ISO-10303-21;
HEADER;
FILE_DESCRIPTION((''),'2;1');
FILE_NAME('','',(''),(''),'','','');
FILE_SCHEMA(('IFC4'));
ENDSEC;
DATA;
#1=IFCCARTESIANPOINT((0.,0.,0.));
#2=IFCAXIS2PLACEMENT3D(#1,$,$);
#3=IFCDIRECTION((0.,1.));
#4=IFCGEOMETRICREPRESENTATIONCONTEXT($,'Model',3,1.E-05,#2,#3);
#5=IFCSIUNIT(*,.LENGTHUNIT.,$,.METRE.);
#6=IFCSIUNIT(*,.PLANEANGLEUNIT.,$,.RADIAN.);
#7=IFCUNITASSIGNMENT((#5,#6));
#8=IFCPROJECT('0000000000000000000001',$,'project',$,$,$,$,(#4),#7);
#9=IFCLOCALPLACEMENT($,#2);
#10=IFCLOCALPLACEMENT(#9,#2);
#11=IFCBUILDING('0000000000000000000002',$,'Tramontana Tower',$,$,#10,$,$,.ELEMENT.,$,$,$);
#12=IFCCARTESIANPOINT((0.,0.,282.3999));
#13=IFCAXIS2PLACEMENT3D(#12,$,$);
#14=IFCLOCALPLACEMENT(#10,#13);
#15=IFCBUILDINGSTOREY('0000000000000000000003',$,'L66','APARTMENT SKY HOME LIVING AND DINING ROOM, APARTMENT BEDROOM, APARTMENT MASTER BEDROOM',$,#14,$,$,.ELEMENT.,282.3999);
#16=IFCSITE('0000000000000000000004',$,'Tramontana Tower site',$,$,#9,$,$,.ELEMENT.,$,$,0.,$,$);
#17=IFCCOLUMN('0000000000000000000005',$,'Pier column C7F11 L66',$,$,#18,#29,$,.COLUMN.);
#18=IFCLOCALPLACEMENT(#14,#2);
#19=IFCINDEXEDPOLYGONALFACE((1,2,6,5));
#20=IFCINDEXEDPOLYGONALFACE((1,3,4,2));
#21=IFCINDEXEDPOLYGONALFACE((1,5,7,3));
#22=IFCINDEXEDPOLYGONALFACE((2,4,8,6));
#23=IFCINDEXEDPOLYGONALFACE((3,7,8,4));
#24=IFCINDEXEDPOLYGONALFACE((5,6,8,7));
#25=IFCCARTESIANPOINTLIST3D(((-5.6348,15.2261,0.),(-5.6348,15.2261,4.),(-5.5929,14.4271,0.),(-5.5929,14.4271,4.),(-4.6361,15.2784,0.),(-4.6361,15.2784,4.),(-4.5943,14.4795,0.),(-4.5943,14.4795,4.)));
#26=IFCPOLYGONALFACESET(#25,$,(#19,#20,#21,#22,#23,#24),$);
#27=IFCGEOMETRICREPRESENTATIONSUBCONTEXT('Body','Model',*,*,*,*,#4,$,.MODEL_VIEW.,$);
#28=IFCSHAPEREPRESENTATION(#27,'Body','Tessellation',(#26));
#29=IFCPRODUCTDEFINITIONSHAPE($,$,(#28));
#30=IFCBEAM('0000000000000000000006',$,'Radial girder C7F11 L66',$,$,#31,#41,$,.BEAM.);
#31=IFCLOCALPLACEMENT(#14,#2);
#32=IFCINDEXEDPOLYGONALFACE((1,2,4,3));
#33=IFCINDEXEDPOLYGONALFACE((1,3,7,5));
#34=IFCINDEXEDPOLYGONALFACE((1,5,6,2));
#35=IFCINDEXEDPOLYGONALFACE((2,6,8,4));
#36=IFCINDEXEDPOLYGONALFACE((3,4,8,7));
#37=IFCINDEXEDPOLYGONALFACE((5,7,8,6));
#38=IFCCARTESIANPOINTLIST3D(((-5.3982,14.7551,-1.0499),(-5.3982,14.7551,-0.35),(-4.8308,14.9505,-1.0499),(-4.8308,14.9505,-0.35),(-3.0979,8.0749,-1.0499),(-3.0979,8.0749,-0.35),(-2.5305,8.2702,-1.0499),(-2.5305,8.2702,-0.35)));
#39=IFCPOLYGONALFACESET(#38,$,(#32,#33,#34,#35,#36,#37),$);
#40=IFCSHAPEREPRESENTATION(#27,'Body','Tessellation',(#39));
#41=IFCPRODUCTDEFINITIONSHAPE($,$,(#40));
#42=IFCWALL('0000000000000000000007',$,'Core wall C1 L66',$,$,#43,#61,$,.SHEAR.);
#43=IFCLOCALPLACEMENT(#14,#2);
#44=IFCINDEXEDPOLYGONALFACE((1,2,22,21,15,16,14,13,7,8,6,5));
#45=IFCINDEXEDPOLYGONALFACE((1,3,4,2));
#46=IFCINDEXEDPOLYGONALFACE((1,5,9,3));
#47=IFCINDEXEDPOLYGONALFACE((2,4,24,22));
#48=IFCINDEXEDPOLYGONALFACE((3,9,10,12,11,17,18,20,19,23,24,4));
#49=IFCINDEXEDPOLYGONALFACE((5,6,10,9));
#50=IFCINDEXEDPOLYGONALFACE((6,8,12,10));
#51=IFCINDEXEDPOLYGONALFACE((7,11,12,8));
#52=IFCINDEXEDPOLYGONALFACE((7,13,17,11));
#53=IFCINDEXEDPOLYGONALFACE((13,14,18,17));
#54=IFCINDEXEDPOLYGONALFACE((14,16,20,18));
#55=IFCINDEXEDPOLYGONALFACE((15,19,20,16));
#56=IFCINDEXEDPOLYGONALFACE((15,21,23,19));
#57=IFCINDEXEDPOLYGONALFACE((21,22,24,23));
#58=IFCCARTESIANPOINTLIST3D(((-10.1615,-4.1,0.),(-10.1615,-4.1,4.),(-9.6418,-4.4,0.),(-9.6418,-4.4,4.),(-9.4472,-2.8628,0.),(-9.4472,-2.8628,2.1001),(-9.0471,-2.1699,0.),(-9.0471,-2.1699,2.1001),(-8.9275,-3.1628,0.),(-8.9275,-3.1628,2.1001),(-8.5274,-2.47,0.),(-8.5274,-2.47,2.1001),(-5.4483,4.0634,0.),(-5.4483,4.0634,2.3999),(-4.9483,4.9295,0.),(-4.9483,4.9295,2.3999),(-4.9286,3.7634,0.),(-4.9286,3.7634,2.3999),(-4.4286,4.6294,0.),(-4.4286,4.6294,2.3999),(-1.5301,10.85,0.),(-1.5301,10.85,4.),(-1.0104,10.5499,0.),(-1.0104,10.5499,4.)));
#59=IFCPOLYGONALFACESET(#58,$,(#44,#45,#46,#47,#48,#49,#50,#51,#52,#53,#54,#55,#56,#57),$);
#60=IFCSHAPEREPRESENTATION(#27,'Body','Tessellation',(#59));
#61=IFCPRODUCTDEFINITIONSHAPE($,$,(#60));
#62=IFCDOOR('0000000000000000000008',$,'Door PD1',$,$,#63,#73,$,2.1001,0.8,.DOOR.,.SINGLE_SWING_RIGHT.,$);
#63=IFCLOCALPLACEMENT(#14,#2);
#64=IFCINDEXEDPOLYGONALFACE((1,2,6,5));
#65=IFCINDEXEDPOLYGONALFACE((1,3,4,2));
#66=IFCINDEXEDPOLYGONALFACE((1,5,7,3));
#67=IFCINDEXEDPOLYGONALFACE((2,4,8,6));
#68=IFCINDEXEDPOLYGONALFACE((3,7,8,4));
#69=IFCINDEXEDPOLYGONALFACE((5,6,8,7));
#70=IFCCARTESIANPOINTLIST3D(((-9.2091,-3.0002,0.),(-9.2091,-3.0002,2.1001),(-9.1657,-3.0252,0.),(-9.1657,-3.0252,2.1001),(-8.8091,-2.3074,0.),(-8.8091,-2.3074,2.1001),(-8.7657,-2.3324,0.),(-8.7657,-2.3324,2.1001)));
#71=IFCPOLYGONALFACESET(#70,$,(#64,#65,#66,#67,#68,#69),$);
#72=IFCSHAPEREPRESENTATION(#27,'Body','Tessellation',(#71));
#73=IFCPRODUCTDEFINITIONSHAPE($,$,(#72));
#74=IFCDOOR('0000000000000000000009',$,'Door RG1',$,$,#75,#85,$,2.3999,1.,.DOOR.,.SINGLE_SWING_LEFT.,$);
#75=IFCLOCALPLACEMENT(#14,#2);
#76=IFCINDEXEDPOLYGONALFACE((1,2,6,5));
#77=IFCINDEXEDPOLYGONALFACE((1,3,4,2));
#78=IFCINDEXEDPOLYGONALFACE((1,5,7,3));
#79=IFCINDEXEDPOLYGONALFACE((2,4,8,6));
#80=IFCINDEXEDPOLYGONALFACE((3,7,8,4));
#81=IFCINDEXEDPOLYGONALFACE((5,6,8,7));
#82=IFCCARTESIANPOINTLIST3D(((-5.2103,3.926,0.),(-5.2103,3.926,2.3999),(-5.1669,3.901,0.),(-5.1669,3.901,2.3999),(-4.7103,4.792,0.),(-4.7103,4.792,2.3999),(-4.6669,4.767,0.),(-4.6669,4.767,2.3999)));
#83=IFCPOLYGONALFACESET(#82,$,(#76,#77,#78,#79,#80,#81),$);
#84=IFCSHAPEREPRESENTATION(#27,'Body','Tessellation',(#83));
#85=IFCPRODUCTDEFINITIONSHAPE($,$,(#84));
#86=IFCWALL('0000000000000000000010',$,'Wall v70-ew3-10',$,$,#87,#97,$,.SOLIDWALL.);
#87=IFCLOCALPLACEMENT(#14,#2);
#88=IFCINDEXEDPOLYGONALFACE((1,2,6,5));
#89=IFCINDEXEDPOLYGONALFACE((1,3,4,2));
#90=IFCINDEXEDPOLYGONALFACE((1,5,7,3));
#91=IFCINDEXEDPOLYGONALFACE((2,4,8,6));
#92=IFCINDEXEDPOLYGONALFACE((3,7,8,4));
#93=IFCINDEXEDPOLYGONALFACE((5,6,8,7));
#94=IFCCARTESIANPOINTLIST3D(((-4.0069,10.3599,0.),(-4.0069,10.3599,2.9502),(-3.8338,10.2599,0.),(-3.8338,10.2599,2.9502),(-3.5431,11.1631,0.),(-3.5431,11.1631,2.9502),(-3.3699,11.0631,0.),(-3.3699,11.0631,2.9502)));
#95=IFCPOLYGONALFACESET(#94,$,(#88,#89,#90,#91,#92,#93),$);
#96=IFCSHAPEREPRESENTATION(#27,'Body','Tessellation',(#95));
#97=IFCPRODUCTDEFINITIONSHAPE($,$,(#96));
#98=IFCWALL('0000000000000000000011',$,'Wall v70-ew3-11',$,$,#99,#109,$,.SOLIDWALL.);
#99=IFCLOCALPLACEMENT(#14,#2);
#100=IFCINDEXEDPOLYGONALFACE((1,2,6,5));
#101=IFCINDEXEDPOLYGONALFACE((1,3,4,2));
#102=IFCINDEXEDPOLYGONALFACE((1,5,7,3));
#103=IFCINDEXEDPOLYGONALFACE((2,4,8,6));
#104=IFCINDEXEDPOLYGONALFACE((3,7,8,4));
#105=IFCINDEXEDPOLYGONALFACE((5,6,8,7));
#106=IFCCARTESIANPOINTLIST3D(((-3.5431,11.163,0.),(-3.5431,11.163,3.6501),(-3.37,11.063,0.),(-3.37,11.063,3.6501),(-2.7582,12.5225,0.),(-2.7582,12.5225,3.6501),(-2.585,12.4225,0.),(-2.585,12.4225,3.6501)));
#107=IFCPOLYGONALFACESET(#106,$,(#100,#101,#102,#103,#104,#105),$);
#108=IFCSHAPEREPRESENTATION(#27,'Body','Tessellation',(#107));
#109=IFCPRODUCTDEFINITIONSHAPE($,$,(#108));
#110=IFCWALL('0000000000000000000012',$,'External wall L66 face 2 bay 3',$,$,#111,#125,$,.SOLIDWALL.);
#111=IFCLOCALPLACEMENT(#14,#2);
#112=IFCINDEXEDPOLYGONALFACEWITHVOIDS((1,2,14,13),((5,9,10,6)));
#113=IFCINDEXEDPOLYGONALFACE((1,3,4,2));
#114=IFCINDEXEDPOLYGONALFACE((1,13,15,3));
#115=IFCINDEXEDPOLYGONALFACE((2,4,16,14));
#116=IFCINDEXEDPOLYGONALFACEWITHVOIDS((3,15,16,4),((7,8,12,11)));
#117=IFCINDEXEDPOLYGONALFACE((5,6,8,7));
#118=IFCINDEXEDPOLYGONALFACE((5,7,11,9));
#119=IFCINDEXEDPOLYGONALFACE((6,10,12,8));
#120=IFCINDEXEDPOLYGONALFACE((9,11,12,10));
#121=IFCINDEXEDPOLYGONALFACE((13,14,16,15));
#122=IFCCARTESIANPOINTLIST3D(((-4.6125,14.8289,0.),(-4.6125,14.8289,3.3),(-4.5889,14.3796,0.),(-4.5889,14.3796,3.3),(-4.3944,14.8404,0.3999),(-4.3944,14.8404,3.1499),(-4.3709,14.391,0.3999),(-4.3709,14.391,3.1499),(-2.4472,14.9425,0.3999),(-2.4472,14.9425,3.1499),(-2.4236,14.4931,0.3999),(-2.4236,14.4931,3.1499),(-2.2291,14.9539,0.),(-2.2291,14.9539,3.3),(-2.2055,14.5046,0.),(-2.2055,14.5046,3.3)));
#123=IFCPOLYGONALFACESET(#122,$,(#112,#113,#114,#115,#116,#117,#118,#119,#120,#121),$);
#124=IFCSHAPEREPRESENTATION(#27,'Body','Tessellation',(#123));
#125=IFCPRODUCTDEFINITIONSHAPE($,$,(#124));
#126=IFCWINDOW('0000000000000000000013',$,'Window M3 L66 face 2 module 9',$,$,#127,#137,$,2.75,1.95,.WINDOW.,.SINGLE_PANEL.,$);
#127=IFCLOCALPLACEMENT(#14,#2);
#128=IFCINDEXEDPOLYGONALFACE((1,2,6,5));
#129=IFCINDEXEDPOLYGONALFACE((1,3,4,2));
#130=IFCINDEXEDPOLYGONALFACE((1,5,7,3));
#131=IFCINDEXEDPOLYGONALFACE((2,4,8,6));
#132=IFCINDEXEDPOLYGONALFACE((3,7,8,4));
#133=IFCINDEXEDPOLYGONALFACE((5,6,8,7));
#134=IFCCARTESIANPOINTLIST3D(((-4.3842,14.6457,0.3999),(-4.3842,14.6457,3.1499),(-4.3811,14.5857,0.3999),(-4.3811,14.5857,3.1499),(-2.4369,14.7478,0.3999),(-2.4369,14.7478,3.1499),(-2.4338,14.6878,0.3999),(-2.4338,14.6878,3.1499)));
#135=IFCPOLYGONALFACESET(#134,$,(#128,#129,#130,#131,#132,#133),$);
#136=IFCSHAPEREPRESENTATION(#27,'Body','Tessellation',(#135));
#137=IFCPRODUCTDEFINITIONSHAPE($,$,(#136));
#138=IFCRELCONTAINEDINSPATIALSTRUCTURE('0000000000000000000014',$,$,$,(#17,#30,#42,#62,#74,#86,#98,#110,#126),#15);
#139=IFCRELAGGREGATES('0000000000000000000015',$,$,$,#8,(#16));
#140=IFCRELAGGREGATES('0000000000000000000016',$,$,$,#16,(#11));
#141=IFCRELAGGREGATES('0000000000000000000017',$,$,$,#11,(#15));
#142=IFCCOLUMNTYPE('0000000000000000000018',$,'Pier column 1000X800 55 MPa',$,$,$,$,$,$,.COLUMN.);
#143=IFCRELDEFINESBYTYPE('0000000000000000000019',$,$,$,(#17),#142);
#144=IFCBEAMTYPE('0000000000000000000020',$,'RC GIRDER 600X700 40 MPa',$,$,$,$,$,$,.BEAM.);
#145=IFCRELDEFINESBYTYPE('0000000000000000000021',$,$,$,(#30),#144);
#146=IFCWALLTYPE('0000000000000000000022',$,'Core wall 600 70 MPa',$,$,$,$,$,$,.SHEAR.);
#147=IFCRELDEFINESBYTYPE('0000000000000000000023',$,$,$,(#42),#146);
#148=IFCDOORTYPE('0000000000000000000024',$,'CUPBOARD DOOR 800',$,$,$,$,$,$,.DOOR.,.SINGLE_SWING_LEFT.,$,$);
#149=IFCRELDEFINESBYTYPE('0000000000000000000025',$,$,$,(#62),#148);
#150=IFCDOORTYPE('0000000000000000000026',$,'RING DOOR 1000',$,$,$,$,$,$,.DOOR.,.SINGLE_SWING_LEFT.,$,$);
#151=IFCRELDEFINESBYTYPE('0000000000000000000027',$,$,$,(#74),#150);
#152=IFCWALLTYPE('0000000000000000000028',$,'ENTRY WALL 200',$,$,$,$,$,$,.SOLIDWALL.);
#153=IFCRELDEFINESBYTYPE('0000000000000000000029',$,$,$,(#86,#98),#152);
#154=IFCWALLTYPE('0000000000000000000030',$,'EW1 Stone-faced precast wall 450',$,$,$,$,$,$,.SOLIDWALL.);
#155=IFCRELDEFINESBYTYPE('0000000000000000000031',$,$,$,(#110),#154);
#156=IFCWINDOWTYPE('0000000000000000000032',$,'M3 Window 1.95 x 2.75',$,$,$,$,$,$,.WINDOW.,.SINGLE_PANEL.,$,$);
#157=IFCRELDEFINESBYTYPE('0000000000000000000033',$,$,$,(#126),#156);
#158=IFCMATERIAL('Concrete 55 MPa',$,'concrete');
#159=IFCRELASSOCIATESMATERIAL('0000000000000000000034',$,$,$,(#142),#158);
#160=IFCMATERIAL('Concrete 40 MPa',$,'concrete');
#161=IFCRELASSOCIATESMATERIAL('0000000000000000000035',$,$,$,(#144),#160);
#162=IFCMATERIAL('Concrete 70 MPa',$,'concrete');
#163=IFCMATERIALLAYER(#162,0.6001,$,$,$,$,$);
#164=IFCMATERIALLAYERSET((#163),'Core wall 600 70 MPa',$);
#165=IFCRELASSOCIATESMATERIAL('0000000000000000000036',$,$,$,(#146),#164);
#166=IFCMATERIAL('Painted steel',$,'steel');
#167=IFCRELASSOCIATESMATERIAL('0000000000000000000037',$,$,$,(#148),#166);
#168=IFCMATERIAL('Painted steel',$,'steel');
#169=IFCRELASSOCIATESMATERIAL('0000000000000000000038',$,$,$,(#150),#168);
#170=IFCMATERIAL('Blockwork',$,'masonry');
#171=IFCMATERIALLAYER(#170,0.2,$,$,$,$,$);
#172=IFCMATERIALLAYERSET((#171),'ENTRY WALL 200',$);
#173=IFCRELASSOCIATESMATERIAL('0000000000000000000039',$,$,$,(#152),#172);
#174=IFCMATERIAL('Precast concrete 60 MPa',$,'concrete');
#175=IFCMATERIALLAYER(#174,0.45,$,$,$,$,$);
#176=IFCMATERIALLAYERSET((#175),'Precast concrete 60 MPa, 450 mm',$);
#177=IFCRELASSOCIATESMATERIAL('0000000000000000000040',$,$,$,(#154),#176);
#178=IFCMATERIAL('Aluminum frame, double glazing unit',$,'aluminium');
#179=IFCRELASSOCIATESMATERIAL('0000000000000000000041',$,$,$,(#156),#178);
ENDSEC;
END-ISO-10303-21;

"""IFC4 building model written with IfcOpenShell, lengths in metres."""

from ifc_helpers import new_model, si_unit, direction, frame, frame_2d, origin, origin_2d, place, context, subcontext, project, spatial, rectangle, extrude, material, layer, layer_set, material_profile, profile_set, type_object, element, fill, save


model = new_model("IFC4")

# Units and contexts
model_context = context("Model", 3, precision=1e-05, world=origin(), true_north=direction((0.0, 1.0)))
body_context = subcontext(model_context, "Body", "Model", "MODEL_VIEW")
ifc_project = project(units=[si_unit("LENGTHUNIT", "METRE"), si_unit("PLANEANGLEUNIT", "RADIAN")], contexts=[model_context])

# Site, building, storey
site_placement = place(None, origin())
site = spatial("IfcSite", under=ifc_project, at=site_placement, Name="Tramontana Tower site", CompositionType="ELEMENT", RefElevation=0.0)
building_placement = place(site_placement, origin())
building = spatial("IfcBuilding", under=site, at=building_placement, Name="Tramontana Tower", CompositionType="ELEMENT")
storey_placement = place(building_placement, frame((0.0, 0.0, 282.3999)))
storey = spatial("IfcBuildingStorey", under=building, at=storey_placement, Name="L66", Description="APARTMENT SKY HOME LIVING AND DINING ROOM, APARTMENT BEDROOM, APARTMENT MASTER BEDROOM", CompositionType="ELEMENT", Elevation=282.3999)

# Column
ifc_material_1 = material(Name="Concrete 55 MPa", Category="concrete")
ifc_material_profile_1 = material_profile(ifc_material_1, rectangle(XDim=1.0, YDim=0.8, at=origin_2d()), Name="Pier column 1000X800 55 MPa")
ifc_profile_set_1 = profile_set([ifc_material_profile_1], Name="Concrete 55 MPa")
column_type = type_object("IfcColumnType", Name="Pier column 1000X800 55 MPa", PredefinedType="COLUMN", material=ifc_profile_set_1)
column_placement = place(storey_placement, frame((-5.1145, 14.8528, 0.0), z_axis=(0.0, 0.0, 1.0), x_axis=(-0.99863, -0.052336, 0.0)))
element("IfcColumn", 1, at=column_placement, inside=storey, type_object=column_type, Name="Pier column C7F11 L66", PredefinedType="COLUMN", context=body_context, shape_type="SweptSolid", body=[
    extrude(rectangle(XDim=1.0, YDim=0.8, at=origin_2d()), origin(), (0.0, 0.0, 1.0), 4.0),
])

# Beam
ifc_material_2 = material(Name="Concrete 40 MPa", Category="concrete")
ifc_material_profile_2 = material_profile(ifc_material_2, rectangle(XDim=0.6001, YDim=0.7, at=origin_2d()), Name="RC GIRDER 600X700 40 MPa")
ifc_profile_set_2 = profile_set([ifc_material_profile_2], Name="Concrete 40 MPa")
beam_type = type_object("IfcBeamType", Name="RC GIRDER 600X700 40 MPa", PredefinedType="BEAM", material=ifc_profile_set_2)
beam_placement = place(storey_placement, frame((-5.1145, 14.8528, -0.7), z_axis=(0.325584, -0.945513, 0.0), x_axis=(0.945513, 0.325584, 0.0)))
element("IfcBeam", 2, at=beam_placement, inside=storey, type_object=beam_type, Name="Radial girder C7F11 L66", PredefinedType="BEAM", context=body_context, shape_type="SweptSolid", body=[
    extrude(rectangle(XDim=0.6001, YDim=0.7, at=origin_2d()), origin(), (0.0, 0.0, 1.0), 7.0652),
])

# Wall, openings, doors
ifc_material_3 = material(Name="Concrete 70 MPa", Category="concrete")
ifc_layer_1 = layer(ifc_material_3, 0.6001)
ifc_layer_set_1 = layer_set([ifc_layer_1], Name="Core wall 600 70 MPa")
wall_type_1 = type_object("IfcWallType", Name="Core wall 600 70 MPa", PredefinedType="SHEAR", material=ifc_layer_set_1)
wall_1_placement = place(storey_placement, frame((-1.2703, 10.7, 0.0), z_axis=(0.0, 0.0, 1.0), x_axis=(-0.5, -0.866026, 0.0)))
wall_1 = element("IfcWall", 3, at=wall_1_placement, inside=storey, type_object=wall_type_1, Name="Core wall C1 L66", PredefinedType="SHEAR", context=body_context, shape_type="SweptSolid", body=[
    extrude(rectangle(XDim=17.2627, YDim=0.6001, at=frame_2d((8.6313, 0.0))), origin(), (0.0, 0.0, 1.0), 4.0),
])
opening_1_placement = place(wall_1_placement, frame((6.8364, 0.0, 0.0)))
opening_1 = element("IfcOpeningElement", 4, at=opening_1_placement, cuts=wall_1, PredefinedType="OPENING", context=body_context, shape_type="SweptSolid", body=[
    extrude(rectangle(XDim=1.0, YDim=2.3999, at=frame_2d((0.5, 1.2))), frame((0.0, 0.3101, 0.0), z_axis=(0.0, -1.0, 0.0), x_axis=(1.0, 0.0, 0.0)), (0.0, 0.0, 1.0), 0.6201),
])
opening_2_placement = place(wall_1_placement, frame((15.0342, 0.0, 0.0)))
opening_2 = element("IfcOpeningElement", 5, at=opening_2_placement, cuts=wall_1, PredefinedType="OPENING", context=body_context, shape_type="SweptSolid", body=[
    extrude(rectangle(XDim=0.8, YDim=2.1001, at=frame_2d((0.3999, 1.05))), frame((0.0, 0.3101, 0.0), z_axis=(0.0, -1.0, 0.0), x_axis=(1.0, 0.0, 0.0)), (0.0, 0.0, 1.0), 0.6201),
])
ifc_material_4 = material(Name="Painted steel", Category="steel")
door_type_1 = type_object("IfcDoorType", Name="CUPBOARD DOOR 800", OperationType="SINGLE_SWING_LEFT", PredefinedType="DOOR", material=ifc_material_4)
door_1_placement = place(opening_2_placement, origin())
door_1 = element("IfcDoor", 6, at=door_1_placement, inside=storey, type_object=door_type_1, Name="Door PD1", OperationType="SINGLE_SWING_RIGHT", OverallHeight=2.1001, OverallWidth=0.8, PredefinedType="DOOR", context=body_context, shape_type="SweptSolid", body=[
    extrude(rectangle(XDim=0.8, YDim=2.1001, at=frame_2d((0.3999, 1.05))), frame((0.0, 0.0249, 0.0), z_axis=(0.0, -1.0, 0.0), x_axis=(1.0, 0.0, 0.0)), (0.0, 0.0, 1.0), 0.05),
])
fill(opening_2, door_1)
ifc_material_5 = material(Name="Painted steel", Category="steel")
door_type_2 = type_object("IfcDoorType", Name="RING DOOR 1000", OperationType="SINGLE_SWING_LEFT", PredefinedType="DOOR", material=ifc_material_5)
door_2_placement = place(opening_1_placement, origin())
door_2 = element("IfcDoor", 7, at=door_2_placement, inside=storey, type_object=door_type_2, Name="Door RG1", OperationType="SINGLE_SWING_LEFT", OverallHeight=2.3999, OverallWidth=1.0, PredefinedType="DOOR", context=body_context, shape_type="SweptSolid", body=[
    extrude(rectangle(XDim=1.0, YDim=2.3999, at=frame_2d((0.5, 1.2))), frame((0.0, 0.0249, 0.0), z_axis=(0.0, -1.0, 0.0), x_axis=(1.0, 0.0, 0.0)), (0.0, 0.0, 1.0), 0.05),
])
fill(opening_1, door_2)

# Walls
ifc_material_6 = material(Name="Blockwork", Category="masonry")
ifc_layer_2 = layer(ifc_material_6, 0.2)
ifc_layer_set_2 = layer_set([ifc_layer_2], Name="ENTRY WALL 200")
wall_type_2 = type_object("IfcWallType", Name="ENTRY WALL 200", PredefinedType="SOLIDWALL", material=ifc_layer_set_2)
wall_2_placement = place(storey_placement, frame((-3.9204, 10.3098, 0.0), z_axis=(0.0, 0.0, 1.0), x_axis=(0.500102, 0.865966, 0.0)))
element("IfcWall", 8, at=wall_2_placement, inside=storey, type_object=wall_type_2, Name="Wall v70-ew3-10", PredefinedType="SOLIDWALL", context=body_context, shape_type="SweptSolid", body=[
    extrude(rectangle(XDim=0.9275, YDim=0.2, at=frame_2d((0.4639, 0.0))), origin(), (0.0, 0.0, 1.0), 2.9502),
])
wall_3_placement = place(storey_placement, frame((-3.4565, 11.113, 0.0), z_axis=(0.0, 0.0, 1.0), x_axis=(0.500037, 0.866004, 0.0)))
element("IfcWall", 9, at=wall_3_placement, inside=storey, type_object=wall_type_2, Name="Wall v70-ew3-11", PredefinedType="SOLIDWALL", context=body_context, shape_type="SweptSolid", body=[
    extrude(rectangle(XDim=1.5698, YDim=0.2, at=frame_2d((0.7849, 0.0))), origin(), (0.0, 0.0, 1.0), 3.6501),
])

# Wall, opening, window
ifc_material_7 = material(Name="Precast concrete 60 MPa", Category="concrete")
ifc_layer_3 = layer(ifc_material_7, 0.45)
ifc_layer_set_3 = layer_set([ifc_layer_3], Name="Precast concrete 60 MPa, 450 mm")
wall_type_3 = type_object("IfcWallType", Name="EW1 Stone-faced precast wall 450", PredefinedType="SOLIDWALL", material=ifc_layer_set_3)
wall_4_placement = place(storey_placement, frame((-2.2173, 14.7292, 0.0), z_axis=(0.0, 0.0, 1.0), x_axis=(-0.998628, -0.052371, 0.0)))
wall_4 = element("IfcWall", 10, at=wall_4_placement, inside=storey, type_object=wall_type_3, Name="External wall L66 face 2 bay 3", PredefinedType="SOLIDWALL", context=body_context, shape_type="SweptSolid", body=[
    extrude(rectangle(XDim=2.3867, YDim=0.45, at=frame_2d((1.1934, 0.0))), origin(), (0.0, 0.0, 1.0), 3.3),
])
opening_3_placement = place(wall_4_placement, frame((0.2183, 0.0, 0.3999)))
opening_3 = element("IfcOpeningElement", 11, at=opening_3_placement, cuts=wall_4, PredefinedType="OPENING", context=body_context, shape_type="SweptSolid", body=[
    extrude(rectangle(XDim=1.95, YDim=2.75, at=frame_2d((0.9751, 1.375))), frame((0.0, 0.2349, 0.0), z_axis=(0.0, -1.0, 0.0), x_axis=(1.0, 0.0, 0.0)), (0.0, 0.0, 1.0), 0.47),
])
ifc_material_8 = material(Name="Aluminum frame, double glazing unit", Category="aluminium")
window_type_1 = type_object("IfcWindowType", Name="M3 Window 1.95 x 2.75", PartitioningType="SINGLE_PANEL", PredefinedType="WINDOW", material=ifc_material_8)
window_1_placement = place(opening_3_placement, origin())
window_1 = element("IfcWindow", 12, at=window_1_placement, inside=storey, type_object=window_type_1, Name="Window M3 L66 face 2 module 9", OverallHeight=2.75, OverallWidth=1.95, PartitioningType="SINGLE_PANEL", PredefinedType="WINDOW", context=body_context, shape_type="SweptSolid", body=[
    extrude(rectangle(XDim=1.95, YDim=2.75, at=frame_2d((0.9751, 1.375))), frame((0.0, 0.03, 0.0), z_axis=(0.0, -1.0, 0.0), x_axis=(1.0, 0.0, 0.0)), (0.0, 0.0, 1.0), 0.0601),
])
fill(opening_3, window_1)

save(model, "model.ifc")
